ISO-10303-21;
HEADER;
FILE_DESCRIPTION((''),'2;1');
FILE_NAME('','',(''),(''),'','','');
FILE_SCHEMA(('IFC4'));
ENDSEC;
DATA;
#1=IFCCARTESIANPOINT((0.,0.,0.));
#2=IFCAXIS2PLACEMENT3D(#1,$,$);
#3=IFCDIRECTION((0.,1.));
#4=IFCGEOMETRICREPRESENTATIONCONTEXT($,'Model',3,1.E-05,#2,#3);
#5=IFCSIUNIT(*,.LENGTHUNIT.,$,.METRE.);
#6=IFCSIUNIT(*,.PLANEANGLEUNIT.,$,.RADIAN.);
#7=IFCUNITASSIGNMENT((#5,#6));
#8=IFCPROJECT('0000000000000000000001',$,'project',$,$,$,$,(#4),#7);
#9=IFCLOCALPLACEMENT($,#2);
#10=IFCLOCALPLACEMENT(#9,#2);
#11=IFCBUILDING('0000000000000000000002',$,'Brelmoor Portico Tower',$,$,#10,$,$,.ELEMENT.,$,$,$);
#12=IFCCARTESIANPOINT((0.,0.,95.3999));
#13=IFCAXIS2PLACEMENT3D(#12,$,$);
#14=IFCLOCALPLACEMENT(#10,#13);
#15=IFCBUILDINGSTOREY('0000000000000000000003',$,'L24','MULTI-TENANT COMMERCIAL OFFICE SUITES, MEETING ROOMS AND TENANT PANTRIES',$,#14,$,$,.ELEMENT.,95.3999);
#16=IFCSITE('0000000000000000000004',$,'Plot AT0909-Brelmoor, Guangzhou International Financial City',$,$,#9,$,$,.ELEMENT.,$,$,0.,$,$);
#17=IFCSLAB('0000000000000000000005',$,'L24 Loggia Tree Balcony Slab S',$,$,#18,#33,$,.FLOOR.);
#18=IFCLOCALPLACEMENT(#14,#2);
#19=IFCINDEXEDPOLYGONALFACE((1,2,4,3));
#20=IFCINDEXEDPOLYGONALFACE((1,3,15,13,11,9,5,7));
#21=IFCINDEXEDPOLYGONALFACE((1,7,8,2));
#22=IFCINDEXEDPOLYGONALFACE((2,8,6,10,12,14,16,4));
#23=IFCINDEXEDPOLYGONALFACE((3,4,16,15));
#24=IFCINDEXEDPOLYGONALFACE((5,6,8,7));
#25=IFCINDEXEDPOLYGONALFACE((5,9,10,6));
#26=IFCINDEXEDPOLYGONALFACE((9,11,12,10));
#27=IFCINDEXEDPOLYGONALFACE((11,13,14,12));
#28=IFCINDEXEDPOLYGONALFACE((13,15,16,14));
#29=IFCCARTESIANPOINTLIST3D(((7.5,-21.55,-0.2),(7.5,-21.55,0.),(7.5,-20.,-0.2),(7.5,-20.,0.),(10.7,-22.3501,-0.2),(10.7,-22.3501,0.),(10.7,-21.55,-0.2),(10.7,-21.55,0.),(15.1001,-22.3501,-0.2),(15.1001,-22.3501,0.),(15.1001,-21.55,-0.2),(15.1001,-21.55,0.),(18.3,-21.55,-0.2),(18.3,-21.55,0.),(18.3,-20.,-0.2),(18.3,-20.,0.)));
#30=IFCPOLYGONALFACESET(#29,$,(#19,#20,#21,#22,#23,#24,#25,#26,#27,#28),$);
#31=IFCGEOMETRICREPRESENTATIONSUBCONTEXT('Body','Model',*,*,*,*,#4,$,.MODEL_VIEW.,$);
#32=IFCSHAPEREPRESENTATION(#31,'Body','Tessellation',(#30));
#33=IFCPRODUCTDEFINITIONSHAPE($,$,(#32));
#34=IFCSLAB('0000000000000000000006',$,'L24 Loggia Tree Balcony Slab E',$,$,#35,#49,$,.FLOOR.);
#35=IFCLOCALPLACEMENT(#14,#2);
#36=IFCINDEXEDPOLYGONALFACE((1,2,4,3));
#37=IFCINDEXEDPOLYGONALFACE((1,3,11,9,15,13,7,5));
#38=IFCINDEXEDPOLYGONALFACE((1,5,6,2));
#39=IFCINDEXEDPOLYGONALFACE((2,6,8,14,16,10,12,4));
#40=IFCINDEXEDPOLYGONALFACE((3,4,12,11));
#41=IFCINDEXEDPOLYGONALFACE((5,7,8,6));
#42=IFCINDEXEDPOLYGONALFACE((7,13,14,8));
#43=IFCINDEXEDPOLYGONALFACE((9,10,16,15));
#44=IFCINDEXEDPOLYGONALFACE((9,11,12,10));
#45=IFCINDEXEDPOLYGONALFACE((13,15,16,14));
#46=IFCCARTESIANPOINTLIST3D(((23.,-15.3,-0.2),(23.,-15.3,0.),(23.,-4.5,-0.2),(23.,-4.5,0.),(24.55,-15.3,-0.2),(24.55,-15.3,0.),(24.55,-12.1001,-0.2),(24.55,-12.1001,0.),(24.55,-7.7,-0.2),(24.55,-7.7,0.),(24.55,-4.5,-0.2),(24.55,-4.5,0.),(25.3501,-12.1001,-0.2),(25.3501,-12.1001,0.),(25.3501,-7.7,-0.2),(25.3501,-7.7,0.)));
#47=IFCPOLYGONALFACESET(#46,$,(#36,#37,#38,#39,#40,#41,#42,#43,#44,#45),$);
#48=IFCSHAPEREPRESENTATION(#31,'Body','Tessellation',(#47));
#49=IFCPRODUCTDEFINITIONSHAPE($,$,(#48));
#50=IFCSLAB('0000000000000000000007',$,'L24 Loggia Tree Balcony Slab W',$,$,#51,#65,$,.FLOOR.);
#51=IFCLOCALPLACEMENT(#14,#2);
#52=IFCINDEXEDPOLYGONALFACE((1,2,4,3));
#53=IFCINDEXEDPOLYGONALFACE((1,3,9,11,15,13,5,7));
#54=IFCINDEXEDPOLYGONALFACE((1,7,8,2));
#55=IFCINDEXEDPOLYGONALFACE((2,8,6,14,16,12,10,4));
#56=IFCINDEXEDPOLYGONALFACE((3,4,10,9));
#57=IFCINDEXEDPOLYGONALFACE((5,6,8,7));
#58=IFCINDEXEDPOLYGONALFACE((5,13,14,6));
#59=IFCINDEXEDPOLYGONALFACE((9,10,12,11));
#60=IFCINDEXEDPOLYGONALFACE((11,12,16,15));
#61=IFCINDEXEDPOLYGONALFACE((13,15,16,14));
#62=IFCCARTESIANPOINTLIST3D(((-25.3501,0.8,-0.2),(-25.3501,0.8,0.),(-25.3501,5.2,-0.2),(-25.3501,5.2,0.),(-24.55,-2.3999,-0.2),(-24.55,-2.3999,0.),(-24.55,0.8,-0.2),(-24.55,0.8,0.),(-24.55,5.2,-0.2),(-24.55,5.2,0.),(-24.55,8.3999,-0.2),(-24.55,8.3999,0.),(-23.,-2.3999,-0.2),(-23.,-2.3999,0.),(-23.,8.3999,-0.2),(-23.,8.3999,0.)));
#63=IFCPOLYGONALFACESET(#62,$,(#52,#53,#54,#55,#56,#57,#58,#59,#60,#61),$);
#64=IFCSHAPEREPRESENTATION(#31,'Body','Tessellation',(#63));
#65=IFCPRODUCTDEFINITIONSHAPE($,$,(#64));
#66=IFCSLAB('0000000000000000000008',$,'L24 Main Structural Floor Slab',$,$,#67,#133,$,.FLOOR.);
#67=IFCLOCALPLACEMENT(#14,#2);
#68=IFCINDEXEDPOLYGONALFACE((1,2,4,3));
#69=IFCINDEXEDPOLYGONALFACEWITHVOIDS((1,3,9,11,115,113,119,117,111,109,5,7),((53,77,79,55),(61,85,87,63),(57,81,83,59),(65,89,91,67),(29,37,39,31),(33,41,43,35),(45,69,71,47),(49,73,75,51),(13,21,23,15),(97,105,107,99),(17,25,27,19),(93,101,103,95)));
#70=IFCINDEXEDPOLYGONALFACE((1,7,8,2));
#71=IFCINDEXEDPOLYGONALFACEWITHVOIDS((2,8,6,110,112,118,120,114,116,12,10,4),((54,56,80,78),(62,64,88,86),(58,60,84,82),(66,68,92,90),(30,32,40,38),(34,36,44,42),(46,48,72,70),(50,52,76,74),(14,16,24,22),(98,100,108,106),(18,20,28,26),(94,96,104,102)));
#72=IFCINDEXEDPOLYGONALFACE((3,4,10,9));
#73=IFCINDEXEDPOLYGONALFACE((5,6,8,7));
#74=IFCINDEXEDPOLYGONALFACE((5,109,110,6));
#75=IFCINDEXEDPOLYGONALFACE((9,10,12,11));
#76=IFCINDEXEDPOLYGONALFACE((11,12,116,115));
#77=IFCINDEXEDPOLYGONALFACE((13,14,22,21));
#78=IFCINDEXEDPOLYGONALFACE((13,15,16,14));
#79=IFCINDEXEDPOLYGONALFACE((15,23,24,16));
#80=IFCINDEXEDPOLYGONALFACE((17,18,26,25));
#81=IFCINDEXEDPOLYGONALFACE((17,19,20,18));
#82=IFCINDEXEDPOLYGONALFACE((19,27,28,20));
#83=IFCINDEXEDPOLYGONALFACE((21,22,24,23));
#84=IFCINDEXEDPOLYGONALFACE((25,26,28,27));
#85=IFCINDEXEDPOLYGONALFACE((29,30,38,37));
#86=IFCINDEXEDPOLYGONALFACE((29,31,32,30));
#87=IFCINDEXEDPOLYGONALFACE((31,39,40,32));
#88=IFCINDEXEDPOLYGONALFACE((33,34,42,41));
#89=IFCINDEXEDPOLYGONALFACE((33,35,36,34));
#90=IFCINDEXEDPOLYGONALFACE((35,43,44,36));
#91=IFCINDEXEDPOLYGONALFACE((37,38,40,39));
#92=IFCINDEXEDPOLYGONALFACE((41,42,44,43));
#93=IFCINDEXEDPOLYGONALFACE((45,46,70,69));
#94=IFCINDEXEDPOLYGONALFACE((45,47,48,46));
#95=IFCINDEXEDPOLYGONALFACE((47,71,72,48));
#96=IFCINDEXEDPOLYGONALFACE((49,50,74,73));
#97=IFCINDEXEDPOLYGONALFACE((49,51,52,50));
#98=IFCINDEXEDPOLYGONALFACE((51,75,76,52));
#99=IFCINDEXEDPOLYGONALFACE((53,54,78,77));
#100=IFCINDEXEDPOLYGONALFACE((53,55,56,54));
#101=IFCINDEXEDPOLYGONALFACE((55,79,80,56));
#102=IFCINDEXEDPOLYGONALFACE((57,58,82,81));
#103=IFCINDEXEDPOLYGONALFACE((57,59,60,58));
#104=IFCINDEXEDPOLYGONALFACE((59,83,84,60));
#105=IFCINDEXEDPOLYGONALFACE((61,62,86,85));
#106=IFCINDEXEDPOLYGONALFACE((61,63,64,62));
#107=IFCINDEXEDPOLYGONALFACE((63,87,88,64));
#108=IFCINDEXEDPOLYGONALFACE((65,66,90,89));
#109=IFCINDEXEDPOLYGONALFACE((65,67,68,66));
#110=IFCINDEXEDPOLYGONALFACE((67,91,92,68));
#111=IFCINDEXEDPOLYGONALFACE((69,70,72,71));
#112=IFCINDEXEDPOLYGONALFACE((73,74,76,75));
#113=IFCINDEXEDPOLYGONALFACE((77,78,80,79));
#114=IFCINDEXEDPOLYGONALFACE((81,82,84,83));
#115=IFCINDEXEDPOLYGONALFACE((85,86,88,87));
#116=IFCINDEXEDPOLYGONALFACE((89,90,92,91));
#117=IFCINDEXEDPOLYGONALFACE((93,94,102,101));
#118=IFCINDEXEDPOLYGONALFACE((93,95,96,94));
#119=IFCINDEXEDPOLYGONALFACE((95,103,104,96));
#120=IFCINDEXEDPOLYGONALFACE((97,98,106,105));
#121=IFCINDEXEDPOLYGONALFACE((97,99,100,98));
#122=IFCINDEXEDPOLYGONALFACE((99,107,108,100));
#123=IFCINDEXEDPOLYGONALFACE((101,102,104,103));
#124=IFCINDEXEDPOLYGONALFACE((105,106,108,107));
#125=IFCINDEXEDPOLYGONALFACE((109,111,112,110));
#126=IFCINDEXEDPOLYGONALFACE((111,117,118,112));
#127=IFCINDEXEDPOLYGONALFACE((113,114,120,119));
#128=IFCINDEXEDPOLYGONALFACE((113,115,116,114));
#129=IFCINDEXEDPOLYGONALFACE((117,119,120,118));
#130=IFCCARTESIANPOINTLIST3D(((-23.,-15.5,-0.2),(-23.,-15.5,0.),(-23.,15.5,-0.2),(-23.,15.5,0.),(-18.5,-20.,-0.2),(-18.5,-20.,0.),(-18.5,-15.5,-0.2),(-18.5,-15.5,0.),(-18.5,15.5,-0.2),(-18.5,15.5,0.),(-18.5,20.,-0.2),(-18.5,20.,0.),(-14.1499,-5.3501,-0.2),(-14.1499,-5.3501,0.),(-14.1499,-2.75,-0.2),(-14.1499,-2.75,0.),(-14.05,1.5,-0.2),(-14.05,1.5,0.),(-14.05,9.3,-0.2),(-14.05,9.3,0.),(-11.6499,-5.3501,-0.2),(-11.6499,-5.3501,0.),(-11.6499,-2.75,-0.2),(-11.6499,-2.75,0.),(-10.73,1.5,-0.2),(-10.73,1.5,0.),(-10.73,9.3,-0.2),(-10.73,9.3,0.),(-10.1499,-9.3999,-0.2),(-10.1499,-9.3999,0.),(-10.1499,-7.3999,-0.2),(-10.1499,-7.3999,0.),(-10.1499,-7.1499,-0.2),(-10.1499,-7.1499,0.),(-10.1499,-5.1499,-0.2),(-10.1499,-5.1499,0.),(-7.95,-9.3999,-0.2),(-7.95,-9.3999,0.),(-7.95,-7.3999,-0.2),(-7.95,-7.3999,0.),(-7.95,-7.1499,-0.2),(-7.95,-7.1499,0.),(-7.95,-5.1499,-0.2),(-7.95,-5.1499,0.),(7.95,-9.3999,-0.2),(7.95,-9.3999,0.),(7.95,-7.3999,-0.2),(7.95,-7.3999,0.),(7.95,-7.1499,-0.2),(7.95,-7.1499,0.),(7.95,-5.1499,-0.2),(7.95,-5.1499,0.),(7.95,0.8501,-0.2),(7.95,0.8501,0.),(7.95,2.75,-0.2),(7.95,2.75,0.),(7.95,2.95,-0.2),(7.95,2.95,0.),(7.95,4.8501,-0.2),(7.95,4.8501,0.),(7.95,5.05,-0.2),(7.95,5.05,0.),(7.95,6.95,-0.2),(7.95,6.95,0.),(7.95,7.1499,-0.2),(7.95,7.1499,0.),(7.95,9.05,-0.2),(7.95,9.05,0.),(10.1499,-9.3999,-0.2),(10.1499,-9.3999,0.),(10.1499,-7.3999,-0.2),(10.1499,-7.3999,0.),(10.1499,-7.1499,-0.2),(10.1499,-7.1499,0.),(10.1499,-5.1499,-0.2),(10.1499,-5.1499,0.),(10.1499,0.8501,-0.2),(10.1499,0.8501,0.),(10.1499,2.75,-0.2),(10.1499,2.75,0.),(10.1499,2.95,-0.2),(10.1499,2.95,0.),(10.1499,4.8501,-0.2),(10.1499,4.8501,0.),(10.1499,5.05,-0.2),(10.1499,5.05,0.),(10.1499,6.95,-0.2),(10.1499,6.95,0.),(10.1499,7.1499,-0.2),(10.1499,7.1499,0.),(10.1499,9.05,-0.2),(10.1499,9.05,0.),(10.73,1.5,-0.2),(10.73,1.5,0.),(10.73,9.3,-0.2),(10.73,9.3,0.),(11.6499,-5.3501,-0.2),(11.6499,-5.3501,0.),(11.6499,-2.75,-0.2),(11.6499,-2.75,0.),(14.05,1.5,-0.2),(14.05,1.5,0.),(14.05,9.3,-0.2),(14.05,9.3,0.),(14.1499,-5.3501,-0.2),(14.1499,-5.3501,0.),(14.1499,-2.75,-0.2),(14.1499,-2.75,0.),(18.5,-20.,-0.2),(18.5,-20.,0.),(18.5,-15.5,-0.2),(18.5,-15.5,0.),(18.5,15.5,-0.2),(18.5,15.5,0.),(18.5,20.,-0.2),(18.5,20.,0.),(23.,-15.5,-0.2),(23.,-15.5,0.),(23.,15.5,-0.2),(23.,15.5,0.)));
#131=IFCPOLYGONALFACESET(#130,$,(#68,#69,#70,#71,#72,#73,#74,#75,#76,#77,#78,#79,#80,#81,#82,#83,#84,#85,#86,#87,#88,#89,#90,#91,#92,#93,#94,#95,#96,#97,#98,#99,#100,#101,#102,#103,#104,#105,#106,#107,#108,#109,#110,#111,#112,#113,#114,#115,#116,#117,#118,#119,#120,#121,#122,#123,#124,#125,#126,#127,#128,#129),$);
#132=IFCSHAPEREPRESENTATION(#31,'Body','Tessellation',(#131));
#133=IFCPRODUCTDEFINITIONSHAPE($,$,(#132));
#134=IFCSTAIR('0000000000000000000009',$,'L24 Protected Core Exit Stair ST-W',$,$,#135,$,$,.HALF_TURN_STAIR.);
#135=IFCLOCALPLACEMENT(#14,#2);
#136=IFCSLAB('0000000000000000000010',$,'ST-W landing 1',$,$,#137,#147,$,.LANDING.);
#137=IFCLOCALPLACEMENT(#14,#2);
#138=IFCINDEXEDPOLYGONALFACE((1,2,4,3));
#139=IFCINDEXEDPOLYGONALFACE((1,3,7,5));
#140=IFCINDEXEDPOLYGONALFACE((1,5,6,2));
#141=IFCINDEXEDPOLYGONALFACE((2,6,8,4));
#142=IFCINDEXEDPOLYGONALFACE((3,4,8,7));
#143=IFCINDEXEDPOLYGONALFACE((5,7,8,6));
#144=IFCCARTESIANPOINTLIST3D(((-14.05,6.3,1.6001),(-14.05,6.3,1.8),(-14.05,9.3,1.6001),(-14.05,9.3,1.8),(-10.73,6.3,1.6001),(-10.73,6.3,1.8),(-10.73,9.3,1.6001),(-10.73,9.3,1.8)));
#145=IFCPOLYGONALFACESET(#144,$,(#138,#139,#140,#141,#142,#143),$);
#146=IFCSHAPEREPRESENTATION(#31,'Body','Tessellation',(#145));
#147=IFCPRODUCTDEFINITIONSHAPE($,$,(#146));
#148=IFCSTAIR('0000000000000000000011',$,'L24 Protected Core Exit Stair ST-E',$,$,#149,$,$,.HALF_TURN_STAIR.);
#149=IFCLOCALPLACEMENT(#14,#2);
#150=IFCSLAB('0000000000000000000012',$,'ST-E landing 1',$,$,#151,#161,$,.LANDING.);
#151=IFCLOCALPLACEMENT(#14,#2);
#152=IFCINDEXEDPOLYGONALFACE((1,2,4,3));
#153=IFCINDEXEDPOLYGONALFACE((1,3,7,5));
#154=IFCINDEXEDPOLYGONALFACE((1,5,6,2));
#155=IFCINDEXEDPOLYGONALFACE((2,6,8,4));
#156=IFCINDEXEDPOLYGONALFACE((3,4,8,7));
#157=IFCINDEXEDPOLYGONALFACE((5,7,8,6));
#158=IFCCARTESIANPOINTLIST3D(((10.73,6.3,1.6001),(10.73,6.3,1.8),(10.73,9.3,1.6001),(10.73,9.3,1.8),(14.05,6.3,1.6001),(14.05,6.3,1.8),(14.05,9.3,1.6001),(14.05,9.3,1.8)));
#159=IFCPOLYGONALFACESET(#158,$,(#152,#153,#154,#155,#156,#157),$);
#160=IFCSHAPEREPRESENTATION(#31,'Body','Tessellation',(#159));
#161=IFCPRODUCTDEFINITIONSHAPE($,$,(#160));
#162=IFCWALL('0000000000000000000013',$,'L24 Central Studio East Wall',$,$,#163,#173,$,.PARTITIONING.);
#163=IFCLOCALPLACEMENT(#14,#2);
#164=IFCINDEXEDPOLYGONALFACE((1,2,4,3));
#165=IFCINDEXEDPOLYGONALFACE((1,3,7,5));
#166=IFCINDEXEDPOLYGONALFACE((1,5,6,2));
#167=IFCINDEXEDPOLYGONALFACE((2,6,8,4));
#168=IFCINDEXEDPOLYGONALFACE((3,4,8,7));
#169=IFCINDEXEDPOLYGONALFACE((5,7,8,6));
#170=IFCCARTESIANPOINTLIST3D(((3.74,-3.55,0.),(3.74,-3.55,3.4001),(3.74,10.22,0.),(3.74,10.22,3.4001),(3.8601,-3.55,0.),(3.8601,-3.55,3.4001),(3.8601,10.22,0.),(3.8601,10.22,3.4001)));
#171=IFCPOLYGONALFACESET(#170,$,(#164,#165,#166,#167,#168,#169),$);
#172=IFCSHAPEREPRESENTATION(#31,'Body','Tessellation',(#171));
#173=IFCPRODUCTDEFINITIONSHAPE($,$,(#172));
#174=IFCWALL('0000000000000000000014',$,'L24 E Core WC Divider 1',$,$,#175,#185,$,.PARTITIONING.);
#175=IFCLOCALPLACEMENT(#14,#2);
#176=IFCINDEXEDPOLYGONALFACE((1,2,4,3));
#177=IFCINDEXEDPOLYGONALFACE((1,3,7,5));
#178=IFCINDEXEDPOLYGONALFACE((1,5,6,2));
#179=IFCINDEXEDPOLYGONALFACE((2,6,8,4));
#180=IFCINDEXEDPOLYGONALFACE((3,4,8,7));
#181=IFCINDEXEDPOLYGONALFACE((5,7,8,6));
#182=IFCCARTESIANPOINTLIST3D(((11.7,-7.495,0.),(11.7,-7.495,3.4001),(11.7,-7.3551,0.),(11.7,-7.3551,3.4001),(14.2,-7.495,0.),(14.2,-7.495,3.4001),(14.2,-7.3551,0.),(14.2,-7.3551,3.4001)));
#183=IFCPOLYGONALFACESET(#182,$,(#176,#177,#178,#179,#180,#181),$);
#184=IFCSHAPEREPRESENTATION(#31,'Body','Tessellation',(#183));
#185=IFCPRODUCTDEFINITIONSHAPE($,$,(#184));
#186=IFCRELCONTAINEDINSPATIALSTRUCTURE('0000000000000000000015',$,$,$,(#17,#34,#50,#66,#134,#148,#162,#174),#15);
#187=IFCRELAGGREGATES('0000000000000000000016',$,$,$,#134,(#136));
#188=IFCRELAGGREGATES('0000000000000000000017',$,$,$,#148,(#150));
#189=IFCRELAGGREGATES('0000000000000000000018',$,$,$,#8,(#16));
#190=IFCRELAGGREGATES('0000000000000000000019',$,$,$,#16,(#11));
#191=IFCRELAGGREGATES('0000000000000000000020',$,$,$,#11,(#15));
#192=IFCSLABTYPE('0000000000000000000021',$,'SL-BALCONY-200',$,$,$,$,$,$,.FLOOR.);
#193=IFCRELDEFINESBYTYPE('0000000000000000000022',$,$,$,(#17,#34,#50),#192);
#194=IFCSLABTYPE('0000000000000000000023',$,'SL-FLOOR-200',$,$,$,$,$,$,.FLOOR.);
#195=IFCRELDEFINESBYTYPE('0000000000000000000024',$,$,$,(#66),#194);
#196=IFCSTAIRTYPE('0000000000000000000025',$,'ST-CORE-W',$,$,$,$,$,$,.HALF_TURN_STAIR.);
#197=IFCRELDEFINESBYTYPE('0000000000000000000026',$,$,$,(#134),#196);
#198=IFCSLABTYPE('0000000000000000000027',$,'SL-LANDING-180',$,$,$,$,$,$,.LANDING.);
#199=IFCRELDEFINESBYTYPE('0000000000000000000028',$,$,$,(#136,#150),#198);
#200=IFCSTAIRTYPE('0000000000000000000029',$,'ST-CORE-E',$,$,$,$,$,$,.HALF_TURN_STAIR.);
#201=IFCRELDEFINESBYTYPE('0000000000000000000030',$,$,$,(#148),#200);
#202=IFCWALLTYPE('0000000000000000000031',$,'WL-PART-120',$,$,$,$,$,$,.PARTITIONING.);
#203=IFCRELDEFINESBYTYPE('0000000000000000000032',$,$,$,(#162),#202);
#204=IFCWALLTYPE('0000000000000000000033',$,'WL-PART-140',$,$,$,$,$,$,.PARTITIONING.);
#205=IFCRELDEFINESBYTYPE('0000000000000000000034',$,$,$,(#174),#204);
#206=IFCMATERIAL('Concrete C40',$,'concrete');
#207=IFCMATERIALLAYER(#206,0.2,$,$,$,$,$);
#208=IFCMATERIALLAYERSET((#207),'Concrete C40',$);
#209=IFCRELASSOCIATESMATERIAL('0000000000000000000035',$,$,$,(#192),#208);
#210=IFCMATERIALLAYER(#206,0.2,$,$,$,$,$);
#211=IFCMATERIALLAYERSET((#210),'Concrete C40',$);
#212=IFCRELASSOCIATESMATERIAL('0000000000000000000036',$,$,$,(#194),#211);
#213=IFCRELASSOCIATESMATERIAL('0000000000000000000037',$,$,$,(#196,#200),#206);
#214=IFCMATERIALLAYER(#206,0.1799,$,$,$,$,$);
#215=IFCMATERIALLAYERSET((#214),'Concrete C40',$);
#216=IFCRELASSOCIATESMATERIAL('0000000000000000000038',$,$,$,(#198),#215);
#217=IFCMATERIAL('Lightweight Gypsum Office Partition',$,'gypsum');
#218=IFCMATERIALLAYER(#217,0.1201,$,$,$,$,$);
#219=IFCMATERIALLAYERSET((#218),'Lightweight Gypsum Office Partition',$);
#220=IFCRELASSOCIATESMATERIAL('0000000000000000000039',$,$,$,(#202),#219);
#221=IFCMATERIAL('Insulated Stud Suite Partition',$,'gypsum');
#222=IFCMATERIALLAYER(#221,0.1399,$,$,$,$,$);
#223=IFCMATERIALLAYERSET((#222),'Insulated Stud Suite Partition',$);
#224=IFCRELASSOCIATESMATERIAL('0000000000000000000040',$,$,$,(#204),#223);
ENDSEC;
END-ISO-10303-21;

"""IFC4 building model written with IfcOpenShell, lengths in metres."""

from ifc_helpers import new_model, si_unit, direction, frame, frame_2d, origin, place, context, subcontext, project, spatial, polyline, rectangle, outline, extrude, material, layer, layer_set, type_object, element, aggregate, save


model = new_model("IFC4")

# Units and contexts
model_context = context("Model", 3, precision=1e-05, world=origin(), true_north=direction((0.0, 1.0)))
body_context = subcontext(model_context, "Body", "Model", "MODEL_VIEW")
ifc_project = project(units=[si_unit("LENGTHUNIT", "METRE"), si_unit("PLANEANGLEUNIT", "RADIAN")], contexts=[model_context])

# Site, building, storey
site_placement = place(None, origin())
site = spatial("IfcSite", under=ifc_project, at=site_placement, Name="Plot AT0909-Brelmoor, Guangzhou International Financial City", CompositionType="ELEMENT", RefElevation=0.0)
building_placement = place(site_placement, origin())
building = spatial("IfcBuilding", under=site, at=building_placement, Name="Brelmoor Portico Tower", CompositionType="ELEMENT")
storey_placement = place(building_placement, frame((0.0, 0.0, 95.3999)))
storey = spatial("IfcBuildingStorey", under=building, at=storey_placement, Name="L24", Description="MULTI-TENANT COMMERCIAL OFFICE SUITES, MEETING ROOMS AND TENANT PANTRIES", CompositionType="ELEMENT", Elevation=95.3999)

# Slabs
ifc_material_1 = material(Name="Concrete C40", Category="concrete")
ifc_layer_1 = layer(ifc_material_1, 0.2)
ifc_layer_set_1 = layer_set([ifc_layer_1], Name="Concrete C40")
slab_type_1 = type_object("IfcSlabType", Name="SL-BALCONY-200", PredefinedType="FLOOR", material=ifc_layer_set_1)
slab_1_placement = place(storey_placement, frame((0.0, 0.0, -0.2)))
element("IfcSlab", 1, at=slab_1_placement, inside=storey, type_object=slab_type_1, Name="L24 Loggia Tree Balcony Slab S", PredefinedType="FLOOR", context=body_context, shape_type="SweptSolid", body=[
    extrude(outline(polyline([(7.5, -21.55), (10.7, -21.55), (10.7, -22.3501), (15.1001, -22.3501), (15.1001, -21.55), (18.3, -21.55), (18.3, -20.0), (7.5, -20.0), (7.5, -21.55)])), origin(), (0.0, 0.0, 1.0), 0.2),
])
slab_2_placement = place(storey_placement, frame((0.0, 0.0, -0.2)))
element("IfcSlab", 2, at=slab_2_placement, inside=storey, type_object=slab_type_1, Name="L24 Loggia Tree Balcony Slab E", PredefinedType="FLOOR", context=body_context, shape_type="SweptSolid", body=[
    extrude(outline(polyline([(23.0, -15.3), (24.55, -15.3), (24.55, -12.1001), (25.3501, -12.1001), (25.3501, -7.7), (24.55, -7.7), (24.55, -4.5), (23.0, -4.5), (23.0, -15.3)])), origin(), (0.0, 0.0, 1.0), 0.2),
])
slab_3_placement = place(storey_placement, frame((0.0, 0.0, -0.2)))
element("IfcSlab", 3, at=slab_3_placement, inside=storey, type_object=slab_type_1, Name="L24 Loggia Tree Balcony Slab W", PredefinedType="FLOOR", context=body_context, shape_type="SweptSolid", body=[
    extrude(outline(polyline([(-24.55, -2.3999), (-23.0, -2.3999), (-23.0, 8.3999), (-24.55, 8.3999), (-24.55, 5.2), (-25.3501, 5.2), (-25.3501, 0.8), (-24.55, 0.8), (-24.55, -2.3999)])), origin(), (0.0, 0.0, 1.0), 0.2),
])
ifc_layer_2 = layer(ifc_material_1, 0.2)
ifc_layer_set_2 = layer_set([ifc_layer_2], Name="Concrete C40")
slab_type_2 = type_object("IfcSlabType", Name="SL-FLOOR-200", PredefinedType="FLOOR", material=ifc_layer_set_2)
slab_4_placement = place(storey_placement, frame((0.0, 0.0, -0.2)))
element("IfcSlab", 4, at=slab_4_placement, inside=storey, type_object=slab_type_2, Name="L24 Main Structural Floor Slab", PredefinedType="FLOOR", context=body_context, shape_type="SweptSolid", body=[
    extrude(outline(polyline([(-18.5, -20.0), (18.5, -20.0), (18.5, -15.5), (23.0, -15.5), (23.0, 15.5), (18.5, 15.5), (18.5, 20.0), (-18.5, 20.0), (-18.5, 15.5), (-23.0, 15.5), (-23.0, -15.5), (-18.5, -15.5), (-18.5, -20.0)]), holes=[polyline([(-10.73, 1.5), (-10.73, 9.3), (-14.05, 9.3), (-14.05, 1.5), (-10.73, 1.5)]), polyline([(14.05, 1.5), (14.05, 9.3), (10.73, 9.3), (10.73, 1.5), (14.05, 1.5)]), polyline([(7.95, 0.8501), (10.1499, 0.8501), (10.1499, 2.75), (7.95, 2.75), (7.95, 0.8501)]), polyline([(7.95, 2.95), (10.1499, 2.95), (10.1499, 4.8501), (7.95, 4.8501), (7.95, 2.95)]), polyline([(7.95, 5.05), (10.1499, 5.05), (10.1499, 6.95), (7.95, 6.95), (7.95, 5.05)]), polyline([(7.95, 7.1499), (10.1499, 7.1499), (10.1499, 9.05), (7.95, 9.05), (7.95, 7.1499)]), polyline([(-10.1499, -9.3999), (-7.95, -9.3999), (-7.95, -7.3999), (-10.1499, -7.3999), (-10.1499, -9.3999)]), polyline([(-10.1499, -7.1499), (-7.95, -7.1499), (-7.95, -5.1499), (-10.1499, -5.1499), (-10.1499, -7.1499)]), polyline([(7.95, -9.3999), (10.1499, -9.3999), (10.1499, -7.3999), (7.95, -7.3999), (7.95, -9.3999)]), polyline([(7.95, -7.1499), (10.1499, -7.1499), (10.1499, -5.1499), (7.95, -5.1499), (7.95, -7.1499)]), polyline([(-14.1499, -5.3501), (-11.6499, -5.3501), (-11.6499, -2.75), (-14.1499, -2.75), (-14.1499, -5.3501)]), polyline([(11.6499, -5.3501), (14.1499, -5.3501), (14.1499, -2.75), (11.6499, -2.75), (11.6499, -5.3501)])]), origin(), (0.0, 0.0, 1.0), 0.2),
])

# Stairs, slabs
stair_type_1 = type_object("IfcStairType", Name="ST-CORE-W", PredefinedType="HALF_TURN_STAIR", material=ifc_material_1)
stair_1_placement = place(storey_placement, origin())
stair_1 = element("IfcStair", 5, at=stair_1_placement, inside=storey, type_object=stair_type_1, Name="L24 Protected Core Exit Stair ST-W", PredefinedType="HALF_TURN_STAIR")
ifc_layer_3 = layer(ifc_material_1, 0.1799)
ifc_layer_set_3 = layer_set([ifc_layer_3], Name="Concrete C40")
slab_type_3 = type_object("IfcSlabType", Name="SL-LANDING-180", PredefinedType="LANDING", material=ifc_layer_set_3)
slab_5_placement = place(storey_placement, frame((0.0, 0.0, 1.6001)))
slab_5 = element("IfcSlab", 6, at=slab_5_placement, type_object=slab_type_3, Name="ST-W landing 1", PredefinedType="LANDING", context=body_context, shape_type="SweptSolid", body=[
    extrude(outline(polyline([(-10.73, 6.3), (-10.73, 9.3), (-14.05, 9.3), (-14.05, 6.3), (-10.73, 6.3)])), origin(), (0.0, 0.0, 1.0), 0.2),
])
aggregate(stair_1, [slab_5])
stair_type_2 = type_object("IfcStairType", Name="ST-CORE-E", PredefinedType="HALF_TURN_STAIR", material=ifc_material_1)
stair_2_placement = place(storey_placement, origin())
stair_2 = element("IfcStair", 7, at=stair_2_placement, inside=storey, type_object=stair_type_2, Name="L24 Protected Core Exit Stair ST-E", PredefinedType="HALF_TURN_STAIR")
slab_6_placement = place(storey_placement, frame((0.0, 0.0, 1.6001)))
slab_6 = element("IfcSlab", 8, at=slab_6_placement, type_object=slab_type_3, Name="ST-E landing 1", PredefinedType="LANDING", context=body_context, shape_type="SweptSolid", body=[
    extrude(outline(polyline([(14.05, 6.3), (14.05, 9.3), (10.73, 9.3), (10.73, 6.3), (14.05, 6.3)])), origin(), (0.0, 0.0, 1.0), 0.2),
])
aggregate(stair_2, [slab_6])

# Walls
ifc_material_2 = material(Name="Lightweight Gypsum Office Partition", Category="gypsum")
ifc_layer_4 = layer(ifc_material_2, 0.1201)
ifc_layer_set_4 = layer_set([ifc_layer_4], Name="Lightweight Gypsum Office Partition")
wall_type_1 = type_object("IfcWallType", Name="WL-PART-120", PredefinedType="PARTITIONING", material=ifc_layer_set_4)
wall_1_placement = place(storey_placement, frame((3.8, -3.55, 0.0), z_axis=(0.0, 0.0, 1.0), x_axis=(0.0, 1.0, 0.0)))
element("IfcWall", 9, at=wall_1_placement, inside=storey, type_object=wall_type_1, Name="L24 Central Studio East Wall", PredefinedType="PARTITIONING", context=body_context, shape_type="SweptSolid", body=[
    extrude(rectangle(XDim=13.77, YDim=0.1201, at=frame_2d((6.885, 0.0))), origin(), (0.0, 0.0, 1.0), 3.4001),
])
ifc_material_3 = material(Name="Insulated Stud Suite Partition", Category="gypsum")
ifc_layer_5 = layer(ifc_material_3, 0.1399)
ifc_layer_set_5 = layer_set([ifc_layer_5], Name="Insulated Stud Suite Partition")
wall_type_2 = type_object("IfcWallType", Name="WL-PART-140", PredefinedType="PARTITIONING", material=ifc_layer_set_5)
wall_2_placement = place(storey_placement, frame((11.7, -7.425, 0.0), z_axis=(0.0, 0.0, 1.0), x_axis=(1.0, 0.0, 0.0)))
element("IfcWall", 10, at=wall_2_placement, inside=storey, type_object=wall_type_2, Name="L24 E Core WC Divider 1", PredefinedType="PARTITIONING", context=body_context, shape_type="SweptSolid", body=[
    extrude(rectangle(XDim=2.5, YDim=0.1399, at=frame_2d((1.25, 0.0))), origin(), (0.0, 0.0, 1.0), 3.4001),
])

save(model, "model.ifc")
